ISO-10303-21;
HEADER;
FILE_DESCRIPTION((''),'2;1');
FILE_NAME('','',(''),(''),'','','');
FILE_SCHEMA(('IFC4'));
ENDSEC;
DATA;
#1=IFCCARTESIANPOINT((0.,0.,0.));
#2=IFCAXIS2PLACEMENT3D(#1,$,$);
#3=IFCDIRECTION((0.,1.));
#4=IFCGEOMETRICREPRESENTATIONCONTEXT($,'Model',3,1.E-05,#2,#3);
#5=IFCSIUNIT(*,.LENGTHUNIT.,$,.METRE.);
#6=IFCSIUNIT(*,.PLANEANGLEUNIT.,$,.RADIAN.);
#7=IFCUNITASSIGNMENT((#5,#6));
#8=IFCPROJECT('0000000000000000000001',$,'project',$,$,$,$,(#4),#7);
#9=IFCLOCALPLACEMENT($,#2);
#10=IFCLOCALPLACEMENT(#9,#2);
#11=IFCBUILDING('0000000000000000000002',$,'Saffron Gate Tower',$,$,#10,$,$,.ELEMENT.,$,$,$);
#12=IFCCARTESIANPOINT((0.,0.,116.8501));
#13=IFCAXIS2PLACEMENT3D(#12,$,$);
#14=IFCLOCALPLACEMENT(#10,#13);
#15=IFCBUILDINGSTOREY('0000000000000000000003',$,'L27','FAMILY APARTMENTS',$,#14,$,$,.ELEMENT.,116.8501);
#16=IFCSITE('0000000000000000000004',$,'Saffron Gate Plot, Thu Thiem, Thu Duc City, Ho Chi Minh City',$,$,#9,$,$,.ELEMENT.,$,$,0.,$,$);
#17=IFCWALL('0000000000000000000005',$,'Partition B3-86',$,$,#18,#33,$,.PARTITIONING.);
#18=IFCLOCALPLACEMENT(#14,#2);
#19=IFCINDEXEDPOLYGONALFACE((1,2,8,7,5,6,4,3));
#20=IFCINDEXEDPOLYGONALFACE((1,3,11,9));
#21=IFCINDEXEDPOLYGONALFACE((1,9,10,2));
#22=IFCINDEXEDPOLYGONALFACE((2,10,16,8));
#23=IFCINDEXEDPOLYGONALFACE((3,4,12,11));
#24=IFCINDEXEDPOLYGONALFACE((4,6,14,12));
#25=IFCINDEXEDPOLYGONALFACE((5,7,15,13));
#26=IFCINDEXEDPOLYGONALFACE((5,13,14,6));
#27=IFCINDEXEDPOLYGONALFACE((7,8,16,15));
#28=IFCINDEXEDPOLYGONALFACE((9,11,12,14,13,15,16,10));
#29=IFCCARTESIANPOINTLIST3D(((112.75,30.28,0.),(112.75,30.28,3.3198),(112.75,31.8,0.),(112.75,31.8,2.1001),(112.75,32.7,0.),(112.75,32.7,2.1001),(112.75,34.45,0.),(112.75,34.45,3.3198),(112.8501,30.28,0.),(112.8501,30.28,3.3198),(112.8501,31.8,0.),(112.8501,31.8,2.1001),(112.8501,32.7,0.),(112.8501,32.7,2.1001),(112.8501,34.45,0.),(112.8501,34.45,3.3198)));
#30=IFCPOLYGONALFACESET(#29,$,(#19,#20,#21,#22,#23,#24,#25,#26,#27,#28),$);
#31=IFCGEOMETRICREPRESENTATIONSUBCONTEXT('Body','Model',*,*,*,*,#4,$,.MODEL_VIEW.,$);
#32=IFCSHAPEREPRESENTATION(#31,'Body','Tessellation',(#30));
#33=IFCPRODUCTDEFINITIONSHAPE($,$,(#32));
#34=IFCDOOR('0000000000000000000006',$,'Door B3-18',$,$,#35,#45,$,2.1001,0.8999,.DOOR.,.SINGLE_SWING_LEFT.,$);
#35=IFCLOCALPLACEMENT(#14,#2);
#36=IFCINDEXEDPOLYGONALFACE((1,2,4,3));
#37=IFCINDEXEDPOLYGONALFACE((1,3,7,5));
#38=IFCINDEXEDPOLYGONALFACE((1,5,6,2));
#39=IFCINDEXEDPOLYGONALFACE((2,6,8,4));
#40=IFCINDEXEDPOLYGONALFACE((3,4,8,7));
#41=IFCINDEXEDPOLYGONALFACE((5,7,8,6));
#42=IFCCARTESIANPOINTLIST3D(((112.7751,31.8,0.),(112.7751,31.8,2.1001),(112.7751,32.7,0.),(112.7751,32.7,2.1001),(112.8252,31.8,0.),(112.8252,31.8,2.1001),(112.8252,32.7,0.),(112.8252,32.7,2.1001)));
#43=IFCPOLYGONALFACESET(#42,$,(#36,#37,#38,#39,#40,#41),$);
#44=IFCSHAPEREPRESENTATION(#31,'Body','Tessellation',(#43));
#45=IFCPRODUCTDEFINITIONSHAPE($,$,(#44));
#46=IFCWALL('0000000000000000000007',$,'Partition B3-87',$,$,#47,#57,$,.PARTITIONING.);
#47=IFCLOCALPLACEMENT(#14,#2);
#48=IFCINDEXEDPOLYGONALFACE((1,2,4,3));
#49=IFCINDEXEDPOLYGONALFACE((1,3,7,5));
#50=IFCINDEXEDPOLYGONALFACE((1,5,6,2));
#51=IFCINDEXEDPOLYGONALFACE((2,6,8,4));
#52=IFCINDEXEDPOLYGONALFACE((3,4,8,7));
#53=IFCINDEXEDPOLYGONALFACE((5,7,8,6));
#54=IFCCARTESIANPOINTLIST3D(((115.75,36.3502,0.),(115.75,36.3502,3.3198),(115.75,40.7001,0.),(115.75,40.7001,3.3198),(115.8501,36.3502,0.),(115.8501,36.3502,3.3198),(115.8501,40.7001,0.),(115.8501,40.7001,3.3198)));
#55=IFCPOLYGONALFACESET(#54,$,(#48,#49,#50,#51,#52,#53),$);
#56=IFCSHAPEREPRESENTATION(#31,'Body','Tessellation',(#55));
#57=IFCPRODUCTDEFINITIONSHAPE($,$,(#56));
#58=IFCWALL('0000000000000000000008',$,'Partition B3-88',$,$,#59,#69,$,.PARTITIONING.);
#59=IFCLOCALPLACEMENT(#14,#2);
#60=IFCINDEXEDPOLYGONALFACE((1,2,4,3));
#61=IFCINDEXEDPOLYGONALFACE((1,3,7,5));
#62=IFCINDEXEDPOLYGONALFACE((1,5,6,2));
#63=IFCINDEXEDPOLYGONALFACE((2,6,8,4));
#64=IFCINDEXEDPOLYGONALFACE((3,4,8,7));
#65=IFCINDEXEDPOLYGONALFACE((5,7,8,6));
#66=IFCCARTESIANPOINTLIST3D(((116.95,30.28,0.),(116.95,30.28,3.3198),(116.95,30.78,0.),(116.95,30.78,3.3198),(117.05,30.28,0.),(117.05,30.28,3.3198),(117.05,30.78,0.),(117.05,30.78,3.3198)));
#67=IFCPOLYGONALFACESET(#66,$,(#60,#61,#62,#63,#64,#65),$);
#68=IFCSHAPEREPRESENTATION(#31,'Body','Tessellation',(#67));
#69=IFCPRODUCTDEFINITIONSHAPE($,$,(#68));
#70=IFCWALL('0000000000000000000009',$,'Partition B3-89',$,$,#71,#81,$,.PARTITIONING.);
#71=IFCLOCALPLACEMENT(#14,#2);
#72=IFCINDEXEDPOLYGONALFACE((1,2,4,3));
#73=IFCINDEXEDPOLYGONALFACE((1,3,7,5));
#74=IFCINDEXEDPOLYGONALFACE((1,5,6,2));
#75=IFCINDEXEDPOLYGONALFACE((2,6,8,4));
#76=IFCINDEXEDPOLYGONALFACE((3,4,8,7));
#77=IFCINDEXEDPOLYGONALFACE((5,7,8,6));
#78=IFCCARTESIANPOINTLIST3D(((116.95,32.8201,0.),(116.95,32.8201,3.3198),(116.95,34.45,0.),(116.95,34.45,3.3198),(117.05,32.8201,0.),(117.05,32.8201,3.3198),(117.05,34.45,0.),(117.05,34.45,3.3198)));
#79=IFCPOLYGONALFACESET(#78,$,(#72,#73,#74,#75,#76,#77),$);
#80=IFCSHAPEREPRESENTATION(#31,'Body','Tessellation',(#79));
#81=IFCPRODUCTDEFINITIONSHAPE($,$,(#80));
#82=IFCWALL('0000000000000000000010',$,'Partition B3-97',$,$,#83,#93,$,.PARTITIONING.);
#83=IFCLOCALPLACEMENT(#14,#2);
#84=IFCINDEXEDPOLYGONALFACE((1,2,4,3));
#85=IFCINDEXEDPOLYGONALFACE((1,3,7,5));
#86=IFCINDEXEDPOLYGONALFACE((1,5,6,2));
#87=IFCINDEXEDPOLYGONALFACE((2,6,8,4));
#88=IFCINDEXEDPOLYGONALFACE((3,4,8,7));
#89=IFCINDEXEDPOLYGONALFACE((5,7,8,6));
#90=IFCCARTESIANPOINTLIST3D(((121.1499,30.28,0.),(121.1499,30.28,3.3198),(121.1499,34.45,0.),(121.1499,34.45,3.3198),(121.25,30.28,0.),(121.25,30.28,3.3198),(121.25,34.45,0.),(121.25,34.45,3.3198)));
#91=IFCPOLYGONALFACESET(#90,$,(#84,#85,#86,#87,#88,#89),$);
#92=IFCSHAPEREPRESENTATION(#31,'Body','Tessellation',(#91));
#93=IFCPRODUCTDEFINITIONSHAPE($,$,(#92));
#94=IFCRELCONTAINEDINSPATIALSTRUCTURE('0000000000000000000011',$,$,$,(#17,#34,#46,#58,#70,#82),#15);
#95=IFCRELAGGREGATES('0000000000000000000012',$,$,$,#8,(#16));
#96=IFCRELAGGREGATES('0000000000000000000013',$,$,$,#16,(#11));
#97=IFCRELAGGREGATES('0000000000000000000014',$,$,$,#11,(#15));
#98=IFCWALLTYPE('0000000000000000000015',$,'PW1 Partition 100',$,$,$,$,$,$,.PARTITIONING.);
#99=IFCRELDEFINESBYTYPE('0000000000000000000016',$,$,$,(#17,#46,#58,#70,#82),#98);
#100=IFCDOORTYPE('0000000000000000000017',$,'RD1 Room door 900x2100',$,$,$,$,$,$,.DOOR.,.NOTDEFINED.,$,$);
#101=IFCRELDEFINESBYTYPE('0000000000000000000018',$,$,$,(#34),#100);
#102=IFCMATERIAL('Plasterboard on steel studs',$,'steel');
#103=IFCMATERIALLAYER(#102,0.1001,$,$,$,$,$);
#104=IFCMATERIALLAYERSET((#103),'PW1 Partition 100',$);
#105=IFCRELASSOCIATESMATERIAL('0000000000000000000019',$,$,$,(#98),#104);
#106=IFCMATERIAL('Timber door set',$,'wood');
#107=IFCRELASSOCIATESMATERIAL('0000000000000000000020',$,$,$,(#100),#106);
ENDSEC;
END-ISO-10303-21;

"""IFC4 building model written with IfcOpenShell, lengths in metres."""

from ifc_helpers import new_model, si_unit, direction, frame, frame_2d, origin, place, context, subcontext, project, spatial, rectangle, extrude, material, layer, layer_set, type_object, element, fill, save


model = new_model("IFC4")

# Units and contexts
model_context = context("Model", 3, precision=1e-05, world=origin(), true_north=direction((0.0, 1.0)))
body_context = subcontext(model_context, "Body", "Model", "MODEL_VIEW")
ifc_project = project(units=[si_unit("LENGTHUNIT", "METRE"), si_unit("PLANEANGLEUNIT", "RADIAN")], contexts=[model_context])

# Site, building, storey
site_placement = place(None, origin())
site = spatial("IfcSite", under=ifc_project, at=site_placement, Name="Saffron Gate Plot, Thu Thiem, Thu Duc City, Ho Chi Minh City", CompositionType="ELEMENT", RefElevation=0.0)
building_placement = place(site_placement, origin())
building = spatial("IfcBuilding", under=site, at=building_placement, Name="Saffron Gate Tower", CompositionType="ELEMENT")
storey_placement = place(building_placement, frame((0.0, 0.0, 116.8501)))
storey = spatial("IfcBuildingStorey", under=building, at=storey_placement, Name="L27", Description="FAMILY APARTMENTS", CompositionType="ELEMENT", Elevation=116.8501)

# Wall, opening, door
ifc_material_1 = material(Name="Plasterboard on steel studs", Category="steel")
ifc_layer = layer(ifc_material_1, 0.1001)
ifc_layer_set = layer_set([ifc_layer], Name="PW1 Partition 100")
wall_type = type_object("IfcWallType", Name="PW1 Partition 100", PredefinedType="PARTITIONING", material=ifc_layer_set)
ifc_material_2 = material(Name="Timber door set", Category="wood")
door_type = type_object("IfcDoorType", Name="RD1 Room door 900x2100", OperationType="NOTDEFINED", PredefinedType="DOOR", material=ifc_material_2)
wall_1_placement = place(storey_placement, frame((112.8, 30.28, 0.0), z_axis=(0.0, 0.0, 1.0), x_axis=(0.0, 1.0, 0.0)))
wall_1 = element("IfcWall", 1, at=wall_1_placement, inside=storey, type_object=wall_type, Name="Partition B3-86", PredefinedType="PARTITIONING", context=body_context, shape_type="SweptSolid", body=[
    extrude(rectangle(XDim=4.1699, YDim=0.1001, at=frame_2d((2.085, 0.0))), origin(), (0.0, 0.0, 1.0), 3.3198),
])
opening_1_placement = place(wall_1_placement, frame((1.52, 0.0, 0.0)))
opening_1 = element("IfcOpeningElement", 2, at=opening_1_placement, cuts=wall_1, PredefinedType="OPENING", context=body_context, shape_type="SweptSolid", body=[
    extrude(rectangle(XDim=0.8999, YDim=2.1001, at=frame_2d((0.45, 1.05))), frame((0.0, 0.0601, 0.0), z_axis=(0.0, -1.0, 0.0), x_axis=(1.0, 0.0, 0.0)), (0.0, 0.0, 1.0), 0.1201),
])
door_1_placement = place(opening_1_placement, origin())
door_1 = element("IfcDoor", 3, at=door_1_placement, inside=storey, type_object=door_type, Name="Door B3-18", OperationType="SINGLE_SWING_LEFT", OverallHeight=2.1001, OverallWidth=0.8999, PredefinedType="DOOR", context=body_context, shape_type="SweptSolid", body=[
    extrude(rectangle(XDim=0.8999, YDim=2.1001, at=frame_2d((0.45, 1.05))), frame((0.0, 0.0249, 0.0), z_axis=(0.0, -1.0, 0.0), x_axis=(1.0, 0.0, 0.0)), (0.0, 0.0, 1.0), 0.05),
])
fill(opening_1, door_1)

# Walls
wall_2_placement = place(storey_placement, frame((115.8, 40.7, 0.0), z_axis=(0.0, 0.0, 1.0), x_axis=(0.0, -1.0, 0.0)))
element("IfcWall", 4, at=wall_2_placement, inside=storey, type_object=wall_type, Name="Partition B3-87", PredefinedType="PARTITIONING", context=body_context, shape_type="SweptSolid", body=[
    extrude(rectangle(XDim=4.3499, YDim=0.1001, at=frame_2d((2.1748, 0.0))), origin(), (0.0, 0.0, 1.0), 3.3198),
])
wall_3_placement = place(storey_placement, frame((117.0, 30.78, 0.0), z_axis=(0.0, 0.0, 1.0), x_axis=(0.0, -1.0, 0.0)))
element("IfcWall", 5, at=wall_3_placement, inside=storey, type_object=wall_type, Name="Partition B3-88", PredefinedType="PARTITIONING", context=body_context, shape_type="SweptSolid", body=[
    extrude(rectangle(XDim=0.5, YDim=0.1001, at=frame_2d((0.25, 0.0))), origin(), (0.0, 0.0, 1.0), 3.3198),
])
wall_4_placement = place(storey_placement, frame((117.0, 34.45, 0.0), z_axis=(0.0, 0.0, 1.0), x_axis=(0.0, -1.0, 0.0)))
element("IfcWall", 6, at=wall_4_placement, inside=storey, type_object=wall_type, Name="Partition B3-89", PredefinedType="PARTITIONING", context=body_context, shape_type="SweptSolid", body=[
    extrude(rectangle(XDim=1.6299, YDim=0.1001, at=frame_2d((0.8149, 0.0))), origin(), (0.0, 0.0, 1.0), 3.3198),
])
wall_5_placement = place(storey_placement, frame((121.2, 34.45, 0.0), z_axis=(0.0, 0.0, 1.0), x_axis=(0.0, -1.0, 0.0)))
element("IfcWall", 7, at=wall_5_placement, inside=storey, type_object=wall_type, Name="Partition B3-97", PredefinedType="PARTITIONING", context=body_context, shape_type="SweptSolid", body=[
    extrude(rectangle(XDim=4.1699, YDim=0.1001, at=frame_2d((2.085, 0.0))), origin(), (0.0, 0.0, 1.0), 3.3198),
])

save(model, "model.ifc")
